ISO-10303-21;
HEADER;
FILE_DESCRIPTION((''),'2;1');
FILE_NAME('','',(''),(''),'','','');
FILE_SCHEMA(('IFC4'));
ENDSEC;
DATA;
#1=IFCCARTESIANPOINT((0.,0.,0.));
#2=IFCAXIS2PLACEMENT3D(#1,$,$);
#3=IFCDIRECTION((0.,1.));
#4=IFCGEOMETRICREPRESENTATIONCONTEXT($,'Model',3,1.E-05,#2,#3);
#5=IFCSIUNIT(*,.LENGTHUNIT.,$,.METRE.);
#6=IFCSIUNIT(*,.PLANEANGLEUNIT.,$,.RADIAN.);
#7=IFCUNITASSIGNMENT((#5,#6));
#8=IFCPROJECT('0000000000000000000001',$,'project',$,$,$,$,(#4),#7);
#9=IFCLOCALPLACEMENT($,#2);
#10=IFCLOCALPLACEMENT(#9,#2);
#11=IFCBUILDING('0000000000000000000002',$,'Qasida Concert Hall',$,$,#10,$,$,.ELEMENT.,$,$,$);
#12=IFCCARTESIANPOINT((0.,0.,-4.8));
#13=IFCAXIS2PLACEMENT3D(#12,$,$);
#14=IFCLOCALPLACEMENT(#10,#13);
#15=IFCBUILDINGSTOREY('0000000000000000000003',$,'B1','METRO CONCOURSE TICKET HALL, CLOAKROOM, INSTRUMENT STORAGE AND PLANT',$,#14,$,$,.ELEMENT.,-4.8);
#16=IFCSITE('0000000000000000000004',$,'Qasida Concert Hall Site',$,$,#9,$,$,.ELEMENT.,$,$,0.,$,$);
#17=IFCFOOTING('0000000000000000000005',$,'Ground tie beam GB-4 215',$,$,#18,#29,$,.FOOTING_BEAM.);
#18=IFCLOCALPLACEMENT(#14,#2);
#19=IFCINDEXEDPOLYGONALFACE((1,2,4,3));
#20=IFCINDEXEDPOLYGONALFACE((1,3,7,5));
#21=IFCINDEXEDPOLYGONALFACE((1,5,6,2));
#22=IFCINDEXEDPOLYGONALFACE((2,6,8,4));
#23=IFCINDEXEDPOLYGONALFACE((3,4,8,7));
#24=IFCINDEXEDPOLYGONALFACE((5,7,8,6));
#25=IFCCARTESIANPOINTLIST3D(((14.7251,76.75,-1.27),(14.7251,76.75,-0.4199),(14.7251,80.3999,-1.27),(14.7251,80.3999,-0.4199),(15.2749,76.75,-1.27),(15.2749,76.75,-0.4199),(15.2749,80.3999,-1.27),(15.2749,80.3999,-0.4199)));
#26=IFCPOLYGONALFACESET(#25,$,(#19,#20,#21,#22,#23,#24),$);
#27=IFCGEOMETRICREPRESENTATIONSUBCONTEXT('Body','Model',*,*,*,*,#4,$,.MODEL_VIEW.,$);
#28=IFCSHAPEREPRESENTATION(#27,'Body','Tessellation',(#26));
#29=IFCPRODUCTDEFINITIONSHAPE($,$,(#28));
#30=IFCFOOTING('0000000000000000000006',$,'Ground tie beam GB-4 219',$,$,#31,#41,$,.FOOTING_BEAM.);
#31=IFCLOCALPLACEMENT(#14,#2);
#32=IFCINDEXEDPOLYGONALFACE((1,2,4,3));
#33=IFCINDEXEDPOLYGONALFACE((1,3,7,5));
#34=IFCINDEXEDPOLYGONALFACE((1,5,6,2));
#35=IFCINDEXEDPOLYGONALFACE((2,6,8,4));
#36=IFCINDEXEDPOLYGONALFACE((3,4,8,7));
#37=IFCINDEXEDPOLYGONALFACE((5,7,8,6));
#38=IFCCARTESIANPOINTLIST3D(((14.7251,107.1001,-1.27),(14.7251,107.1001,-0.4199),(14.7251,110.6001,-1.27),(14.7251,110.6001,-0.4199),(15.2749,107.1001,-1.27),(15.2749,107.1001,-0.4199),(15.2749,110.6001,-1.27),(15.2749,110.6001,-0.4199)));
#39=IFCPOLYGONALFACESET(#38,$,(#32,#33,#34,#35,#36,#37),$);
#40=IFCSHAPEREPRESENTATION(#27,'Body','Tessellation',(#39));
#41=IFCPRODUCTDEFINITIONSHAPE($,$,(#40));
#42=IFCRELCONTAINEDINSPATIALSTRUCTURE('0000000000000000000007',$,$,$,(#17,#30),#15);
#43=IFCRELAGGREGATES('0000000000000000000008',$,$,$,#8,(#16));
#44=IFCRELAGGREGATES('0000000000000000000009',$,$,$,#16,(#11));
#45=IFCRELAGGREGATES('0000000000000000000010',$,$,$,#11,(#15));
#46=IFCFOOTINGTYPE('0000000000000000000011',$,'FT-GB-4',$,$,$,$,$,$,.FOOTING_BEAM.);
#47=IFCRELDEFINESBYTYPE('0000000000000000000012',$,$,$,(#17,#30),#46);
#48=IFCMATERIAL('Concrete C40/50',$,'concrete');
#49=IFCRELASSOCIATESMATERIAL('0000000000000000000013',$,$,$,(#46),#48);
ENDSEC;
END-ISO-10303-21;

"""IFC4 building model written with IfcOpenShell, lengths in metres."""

from ifc_helpers import new_model, si_unit, direction, frame, origin, place, context, subcontext, project, spatial, polyline, outline, extrude, material, type_object, element, save


model = new_model("IFC4")

# Units and contexts
model_context = context("Model", 3, precision=1e-05, world=origin(), true_north=direction((0.0, 1.0)))
body_context = subcontext(model_context, "Body", "Model", "MODEL_VIEW")
ifc_project = project(units=[si_unit("LENGTHUNIT", "METRE"), si_unit("PLANEANGLEUNIT", "RADIAN")], contexts=[model_context])

# Site, building, storey
site_placement = place(None, origin())
site = spatial("IfcSite", under=ifc_project, at=site_placement, Name="Qasida Concert Hall Site", CompositionType="ELEMENT", RefElevation=0.0)
building_placement = place(site_placement, origin())
building = spatial("IfcBuilding", under=site, at=building_placement, Name="Qasida Concert Hall", CompositionType="ELEMENT")
storey_placement = place(building_placement, frame((0.0, 0.0, -4.8)))
storey = spatial("IfcBuildingStorey", under=building, at=storey_placement, Name="B1", Description="METRO CONCOURSE TICKET HALL, CLOAKROOM, INSTRUMENT STORAGE AND PLANT", CompositionType="ELEMENT", Elevation=-4.8)

# Footings
ifc_material = material(Name="Concrete C40/50", Category="concrete")
footing_type_1 = type_object("IfcFootingType", Name="FT-GB-4", PredefinedType="FOOTING_BEAM", material=ifc_material)
footing_1_placement = place(storey_placement, frame((0.0, 0.0, -1.27)))
element("IfcFooting", 1, at=footing_1_placement, inside=storey, type_object=footing_type_1, Name="Ground tie beam GB-4 215", PredefinedType="FOOTING_BEAM", context=body_context, shape_type="SweptSolid", body=[
    extrude(outline(polyline([(14.7251, 76.75), (15.2749, 76.75), (15.2749, 80.3999), (14.7251, 80.3999), (14.7251, 76.75)])), origin(), (0.0, 0.0, 1.0), 0.8501),
])
footing_2_placement = place(storey_placement, frame((0.0, 0.0, -1.27)))
element("IfcFooting", 2, at=footing_2_placement, inside=storey, type_object=footing_type_1, Name="Ground tie beam GB-4 219", PredefinedType="FOOTING_BEAM", context=body_context, shape_type="SweptSolid", body=[
    extrude(outline(polyline([(14.7251, 107.1001), (15.2749, 107.1001), (15.2749, 110.6001), (14.7251, 110.6001), (14.7251, 107.1001)])), origin(), (0.0, 0.0, 1.0), 0.8501),
])

save(model, "model.ifc")
